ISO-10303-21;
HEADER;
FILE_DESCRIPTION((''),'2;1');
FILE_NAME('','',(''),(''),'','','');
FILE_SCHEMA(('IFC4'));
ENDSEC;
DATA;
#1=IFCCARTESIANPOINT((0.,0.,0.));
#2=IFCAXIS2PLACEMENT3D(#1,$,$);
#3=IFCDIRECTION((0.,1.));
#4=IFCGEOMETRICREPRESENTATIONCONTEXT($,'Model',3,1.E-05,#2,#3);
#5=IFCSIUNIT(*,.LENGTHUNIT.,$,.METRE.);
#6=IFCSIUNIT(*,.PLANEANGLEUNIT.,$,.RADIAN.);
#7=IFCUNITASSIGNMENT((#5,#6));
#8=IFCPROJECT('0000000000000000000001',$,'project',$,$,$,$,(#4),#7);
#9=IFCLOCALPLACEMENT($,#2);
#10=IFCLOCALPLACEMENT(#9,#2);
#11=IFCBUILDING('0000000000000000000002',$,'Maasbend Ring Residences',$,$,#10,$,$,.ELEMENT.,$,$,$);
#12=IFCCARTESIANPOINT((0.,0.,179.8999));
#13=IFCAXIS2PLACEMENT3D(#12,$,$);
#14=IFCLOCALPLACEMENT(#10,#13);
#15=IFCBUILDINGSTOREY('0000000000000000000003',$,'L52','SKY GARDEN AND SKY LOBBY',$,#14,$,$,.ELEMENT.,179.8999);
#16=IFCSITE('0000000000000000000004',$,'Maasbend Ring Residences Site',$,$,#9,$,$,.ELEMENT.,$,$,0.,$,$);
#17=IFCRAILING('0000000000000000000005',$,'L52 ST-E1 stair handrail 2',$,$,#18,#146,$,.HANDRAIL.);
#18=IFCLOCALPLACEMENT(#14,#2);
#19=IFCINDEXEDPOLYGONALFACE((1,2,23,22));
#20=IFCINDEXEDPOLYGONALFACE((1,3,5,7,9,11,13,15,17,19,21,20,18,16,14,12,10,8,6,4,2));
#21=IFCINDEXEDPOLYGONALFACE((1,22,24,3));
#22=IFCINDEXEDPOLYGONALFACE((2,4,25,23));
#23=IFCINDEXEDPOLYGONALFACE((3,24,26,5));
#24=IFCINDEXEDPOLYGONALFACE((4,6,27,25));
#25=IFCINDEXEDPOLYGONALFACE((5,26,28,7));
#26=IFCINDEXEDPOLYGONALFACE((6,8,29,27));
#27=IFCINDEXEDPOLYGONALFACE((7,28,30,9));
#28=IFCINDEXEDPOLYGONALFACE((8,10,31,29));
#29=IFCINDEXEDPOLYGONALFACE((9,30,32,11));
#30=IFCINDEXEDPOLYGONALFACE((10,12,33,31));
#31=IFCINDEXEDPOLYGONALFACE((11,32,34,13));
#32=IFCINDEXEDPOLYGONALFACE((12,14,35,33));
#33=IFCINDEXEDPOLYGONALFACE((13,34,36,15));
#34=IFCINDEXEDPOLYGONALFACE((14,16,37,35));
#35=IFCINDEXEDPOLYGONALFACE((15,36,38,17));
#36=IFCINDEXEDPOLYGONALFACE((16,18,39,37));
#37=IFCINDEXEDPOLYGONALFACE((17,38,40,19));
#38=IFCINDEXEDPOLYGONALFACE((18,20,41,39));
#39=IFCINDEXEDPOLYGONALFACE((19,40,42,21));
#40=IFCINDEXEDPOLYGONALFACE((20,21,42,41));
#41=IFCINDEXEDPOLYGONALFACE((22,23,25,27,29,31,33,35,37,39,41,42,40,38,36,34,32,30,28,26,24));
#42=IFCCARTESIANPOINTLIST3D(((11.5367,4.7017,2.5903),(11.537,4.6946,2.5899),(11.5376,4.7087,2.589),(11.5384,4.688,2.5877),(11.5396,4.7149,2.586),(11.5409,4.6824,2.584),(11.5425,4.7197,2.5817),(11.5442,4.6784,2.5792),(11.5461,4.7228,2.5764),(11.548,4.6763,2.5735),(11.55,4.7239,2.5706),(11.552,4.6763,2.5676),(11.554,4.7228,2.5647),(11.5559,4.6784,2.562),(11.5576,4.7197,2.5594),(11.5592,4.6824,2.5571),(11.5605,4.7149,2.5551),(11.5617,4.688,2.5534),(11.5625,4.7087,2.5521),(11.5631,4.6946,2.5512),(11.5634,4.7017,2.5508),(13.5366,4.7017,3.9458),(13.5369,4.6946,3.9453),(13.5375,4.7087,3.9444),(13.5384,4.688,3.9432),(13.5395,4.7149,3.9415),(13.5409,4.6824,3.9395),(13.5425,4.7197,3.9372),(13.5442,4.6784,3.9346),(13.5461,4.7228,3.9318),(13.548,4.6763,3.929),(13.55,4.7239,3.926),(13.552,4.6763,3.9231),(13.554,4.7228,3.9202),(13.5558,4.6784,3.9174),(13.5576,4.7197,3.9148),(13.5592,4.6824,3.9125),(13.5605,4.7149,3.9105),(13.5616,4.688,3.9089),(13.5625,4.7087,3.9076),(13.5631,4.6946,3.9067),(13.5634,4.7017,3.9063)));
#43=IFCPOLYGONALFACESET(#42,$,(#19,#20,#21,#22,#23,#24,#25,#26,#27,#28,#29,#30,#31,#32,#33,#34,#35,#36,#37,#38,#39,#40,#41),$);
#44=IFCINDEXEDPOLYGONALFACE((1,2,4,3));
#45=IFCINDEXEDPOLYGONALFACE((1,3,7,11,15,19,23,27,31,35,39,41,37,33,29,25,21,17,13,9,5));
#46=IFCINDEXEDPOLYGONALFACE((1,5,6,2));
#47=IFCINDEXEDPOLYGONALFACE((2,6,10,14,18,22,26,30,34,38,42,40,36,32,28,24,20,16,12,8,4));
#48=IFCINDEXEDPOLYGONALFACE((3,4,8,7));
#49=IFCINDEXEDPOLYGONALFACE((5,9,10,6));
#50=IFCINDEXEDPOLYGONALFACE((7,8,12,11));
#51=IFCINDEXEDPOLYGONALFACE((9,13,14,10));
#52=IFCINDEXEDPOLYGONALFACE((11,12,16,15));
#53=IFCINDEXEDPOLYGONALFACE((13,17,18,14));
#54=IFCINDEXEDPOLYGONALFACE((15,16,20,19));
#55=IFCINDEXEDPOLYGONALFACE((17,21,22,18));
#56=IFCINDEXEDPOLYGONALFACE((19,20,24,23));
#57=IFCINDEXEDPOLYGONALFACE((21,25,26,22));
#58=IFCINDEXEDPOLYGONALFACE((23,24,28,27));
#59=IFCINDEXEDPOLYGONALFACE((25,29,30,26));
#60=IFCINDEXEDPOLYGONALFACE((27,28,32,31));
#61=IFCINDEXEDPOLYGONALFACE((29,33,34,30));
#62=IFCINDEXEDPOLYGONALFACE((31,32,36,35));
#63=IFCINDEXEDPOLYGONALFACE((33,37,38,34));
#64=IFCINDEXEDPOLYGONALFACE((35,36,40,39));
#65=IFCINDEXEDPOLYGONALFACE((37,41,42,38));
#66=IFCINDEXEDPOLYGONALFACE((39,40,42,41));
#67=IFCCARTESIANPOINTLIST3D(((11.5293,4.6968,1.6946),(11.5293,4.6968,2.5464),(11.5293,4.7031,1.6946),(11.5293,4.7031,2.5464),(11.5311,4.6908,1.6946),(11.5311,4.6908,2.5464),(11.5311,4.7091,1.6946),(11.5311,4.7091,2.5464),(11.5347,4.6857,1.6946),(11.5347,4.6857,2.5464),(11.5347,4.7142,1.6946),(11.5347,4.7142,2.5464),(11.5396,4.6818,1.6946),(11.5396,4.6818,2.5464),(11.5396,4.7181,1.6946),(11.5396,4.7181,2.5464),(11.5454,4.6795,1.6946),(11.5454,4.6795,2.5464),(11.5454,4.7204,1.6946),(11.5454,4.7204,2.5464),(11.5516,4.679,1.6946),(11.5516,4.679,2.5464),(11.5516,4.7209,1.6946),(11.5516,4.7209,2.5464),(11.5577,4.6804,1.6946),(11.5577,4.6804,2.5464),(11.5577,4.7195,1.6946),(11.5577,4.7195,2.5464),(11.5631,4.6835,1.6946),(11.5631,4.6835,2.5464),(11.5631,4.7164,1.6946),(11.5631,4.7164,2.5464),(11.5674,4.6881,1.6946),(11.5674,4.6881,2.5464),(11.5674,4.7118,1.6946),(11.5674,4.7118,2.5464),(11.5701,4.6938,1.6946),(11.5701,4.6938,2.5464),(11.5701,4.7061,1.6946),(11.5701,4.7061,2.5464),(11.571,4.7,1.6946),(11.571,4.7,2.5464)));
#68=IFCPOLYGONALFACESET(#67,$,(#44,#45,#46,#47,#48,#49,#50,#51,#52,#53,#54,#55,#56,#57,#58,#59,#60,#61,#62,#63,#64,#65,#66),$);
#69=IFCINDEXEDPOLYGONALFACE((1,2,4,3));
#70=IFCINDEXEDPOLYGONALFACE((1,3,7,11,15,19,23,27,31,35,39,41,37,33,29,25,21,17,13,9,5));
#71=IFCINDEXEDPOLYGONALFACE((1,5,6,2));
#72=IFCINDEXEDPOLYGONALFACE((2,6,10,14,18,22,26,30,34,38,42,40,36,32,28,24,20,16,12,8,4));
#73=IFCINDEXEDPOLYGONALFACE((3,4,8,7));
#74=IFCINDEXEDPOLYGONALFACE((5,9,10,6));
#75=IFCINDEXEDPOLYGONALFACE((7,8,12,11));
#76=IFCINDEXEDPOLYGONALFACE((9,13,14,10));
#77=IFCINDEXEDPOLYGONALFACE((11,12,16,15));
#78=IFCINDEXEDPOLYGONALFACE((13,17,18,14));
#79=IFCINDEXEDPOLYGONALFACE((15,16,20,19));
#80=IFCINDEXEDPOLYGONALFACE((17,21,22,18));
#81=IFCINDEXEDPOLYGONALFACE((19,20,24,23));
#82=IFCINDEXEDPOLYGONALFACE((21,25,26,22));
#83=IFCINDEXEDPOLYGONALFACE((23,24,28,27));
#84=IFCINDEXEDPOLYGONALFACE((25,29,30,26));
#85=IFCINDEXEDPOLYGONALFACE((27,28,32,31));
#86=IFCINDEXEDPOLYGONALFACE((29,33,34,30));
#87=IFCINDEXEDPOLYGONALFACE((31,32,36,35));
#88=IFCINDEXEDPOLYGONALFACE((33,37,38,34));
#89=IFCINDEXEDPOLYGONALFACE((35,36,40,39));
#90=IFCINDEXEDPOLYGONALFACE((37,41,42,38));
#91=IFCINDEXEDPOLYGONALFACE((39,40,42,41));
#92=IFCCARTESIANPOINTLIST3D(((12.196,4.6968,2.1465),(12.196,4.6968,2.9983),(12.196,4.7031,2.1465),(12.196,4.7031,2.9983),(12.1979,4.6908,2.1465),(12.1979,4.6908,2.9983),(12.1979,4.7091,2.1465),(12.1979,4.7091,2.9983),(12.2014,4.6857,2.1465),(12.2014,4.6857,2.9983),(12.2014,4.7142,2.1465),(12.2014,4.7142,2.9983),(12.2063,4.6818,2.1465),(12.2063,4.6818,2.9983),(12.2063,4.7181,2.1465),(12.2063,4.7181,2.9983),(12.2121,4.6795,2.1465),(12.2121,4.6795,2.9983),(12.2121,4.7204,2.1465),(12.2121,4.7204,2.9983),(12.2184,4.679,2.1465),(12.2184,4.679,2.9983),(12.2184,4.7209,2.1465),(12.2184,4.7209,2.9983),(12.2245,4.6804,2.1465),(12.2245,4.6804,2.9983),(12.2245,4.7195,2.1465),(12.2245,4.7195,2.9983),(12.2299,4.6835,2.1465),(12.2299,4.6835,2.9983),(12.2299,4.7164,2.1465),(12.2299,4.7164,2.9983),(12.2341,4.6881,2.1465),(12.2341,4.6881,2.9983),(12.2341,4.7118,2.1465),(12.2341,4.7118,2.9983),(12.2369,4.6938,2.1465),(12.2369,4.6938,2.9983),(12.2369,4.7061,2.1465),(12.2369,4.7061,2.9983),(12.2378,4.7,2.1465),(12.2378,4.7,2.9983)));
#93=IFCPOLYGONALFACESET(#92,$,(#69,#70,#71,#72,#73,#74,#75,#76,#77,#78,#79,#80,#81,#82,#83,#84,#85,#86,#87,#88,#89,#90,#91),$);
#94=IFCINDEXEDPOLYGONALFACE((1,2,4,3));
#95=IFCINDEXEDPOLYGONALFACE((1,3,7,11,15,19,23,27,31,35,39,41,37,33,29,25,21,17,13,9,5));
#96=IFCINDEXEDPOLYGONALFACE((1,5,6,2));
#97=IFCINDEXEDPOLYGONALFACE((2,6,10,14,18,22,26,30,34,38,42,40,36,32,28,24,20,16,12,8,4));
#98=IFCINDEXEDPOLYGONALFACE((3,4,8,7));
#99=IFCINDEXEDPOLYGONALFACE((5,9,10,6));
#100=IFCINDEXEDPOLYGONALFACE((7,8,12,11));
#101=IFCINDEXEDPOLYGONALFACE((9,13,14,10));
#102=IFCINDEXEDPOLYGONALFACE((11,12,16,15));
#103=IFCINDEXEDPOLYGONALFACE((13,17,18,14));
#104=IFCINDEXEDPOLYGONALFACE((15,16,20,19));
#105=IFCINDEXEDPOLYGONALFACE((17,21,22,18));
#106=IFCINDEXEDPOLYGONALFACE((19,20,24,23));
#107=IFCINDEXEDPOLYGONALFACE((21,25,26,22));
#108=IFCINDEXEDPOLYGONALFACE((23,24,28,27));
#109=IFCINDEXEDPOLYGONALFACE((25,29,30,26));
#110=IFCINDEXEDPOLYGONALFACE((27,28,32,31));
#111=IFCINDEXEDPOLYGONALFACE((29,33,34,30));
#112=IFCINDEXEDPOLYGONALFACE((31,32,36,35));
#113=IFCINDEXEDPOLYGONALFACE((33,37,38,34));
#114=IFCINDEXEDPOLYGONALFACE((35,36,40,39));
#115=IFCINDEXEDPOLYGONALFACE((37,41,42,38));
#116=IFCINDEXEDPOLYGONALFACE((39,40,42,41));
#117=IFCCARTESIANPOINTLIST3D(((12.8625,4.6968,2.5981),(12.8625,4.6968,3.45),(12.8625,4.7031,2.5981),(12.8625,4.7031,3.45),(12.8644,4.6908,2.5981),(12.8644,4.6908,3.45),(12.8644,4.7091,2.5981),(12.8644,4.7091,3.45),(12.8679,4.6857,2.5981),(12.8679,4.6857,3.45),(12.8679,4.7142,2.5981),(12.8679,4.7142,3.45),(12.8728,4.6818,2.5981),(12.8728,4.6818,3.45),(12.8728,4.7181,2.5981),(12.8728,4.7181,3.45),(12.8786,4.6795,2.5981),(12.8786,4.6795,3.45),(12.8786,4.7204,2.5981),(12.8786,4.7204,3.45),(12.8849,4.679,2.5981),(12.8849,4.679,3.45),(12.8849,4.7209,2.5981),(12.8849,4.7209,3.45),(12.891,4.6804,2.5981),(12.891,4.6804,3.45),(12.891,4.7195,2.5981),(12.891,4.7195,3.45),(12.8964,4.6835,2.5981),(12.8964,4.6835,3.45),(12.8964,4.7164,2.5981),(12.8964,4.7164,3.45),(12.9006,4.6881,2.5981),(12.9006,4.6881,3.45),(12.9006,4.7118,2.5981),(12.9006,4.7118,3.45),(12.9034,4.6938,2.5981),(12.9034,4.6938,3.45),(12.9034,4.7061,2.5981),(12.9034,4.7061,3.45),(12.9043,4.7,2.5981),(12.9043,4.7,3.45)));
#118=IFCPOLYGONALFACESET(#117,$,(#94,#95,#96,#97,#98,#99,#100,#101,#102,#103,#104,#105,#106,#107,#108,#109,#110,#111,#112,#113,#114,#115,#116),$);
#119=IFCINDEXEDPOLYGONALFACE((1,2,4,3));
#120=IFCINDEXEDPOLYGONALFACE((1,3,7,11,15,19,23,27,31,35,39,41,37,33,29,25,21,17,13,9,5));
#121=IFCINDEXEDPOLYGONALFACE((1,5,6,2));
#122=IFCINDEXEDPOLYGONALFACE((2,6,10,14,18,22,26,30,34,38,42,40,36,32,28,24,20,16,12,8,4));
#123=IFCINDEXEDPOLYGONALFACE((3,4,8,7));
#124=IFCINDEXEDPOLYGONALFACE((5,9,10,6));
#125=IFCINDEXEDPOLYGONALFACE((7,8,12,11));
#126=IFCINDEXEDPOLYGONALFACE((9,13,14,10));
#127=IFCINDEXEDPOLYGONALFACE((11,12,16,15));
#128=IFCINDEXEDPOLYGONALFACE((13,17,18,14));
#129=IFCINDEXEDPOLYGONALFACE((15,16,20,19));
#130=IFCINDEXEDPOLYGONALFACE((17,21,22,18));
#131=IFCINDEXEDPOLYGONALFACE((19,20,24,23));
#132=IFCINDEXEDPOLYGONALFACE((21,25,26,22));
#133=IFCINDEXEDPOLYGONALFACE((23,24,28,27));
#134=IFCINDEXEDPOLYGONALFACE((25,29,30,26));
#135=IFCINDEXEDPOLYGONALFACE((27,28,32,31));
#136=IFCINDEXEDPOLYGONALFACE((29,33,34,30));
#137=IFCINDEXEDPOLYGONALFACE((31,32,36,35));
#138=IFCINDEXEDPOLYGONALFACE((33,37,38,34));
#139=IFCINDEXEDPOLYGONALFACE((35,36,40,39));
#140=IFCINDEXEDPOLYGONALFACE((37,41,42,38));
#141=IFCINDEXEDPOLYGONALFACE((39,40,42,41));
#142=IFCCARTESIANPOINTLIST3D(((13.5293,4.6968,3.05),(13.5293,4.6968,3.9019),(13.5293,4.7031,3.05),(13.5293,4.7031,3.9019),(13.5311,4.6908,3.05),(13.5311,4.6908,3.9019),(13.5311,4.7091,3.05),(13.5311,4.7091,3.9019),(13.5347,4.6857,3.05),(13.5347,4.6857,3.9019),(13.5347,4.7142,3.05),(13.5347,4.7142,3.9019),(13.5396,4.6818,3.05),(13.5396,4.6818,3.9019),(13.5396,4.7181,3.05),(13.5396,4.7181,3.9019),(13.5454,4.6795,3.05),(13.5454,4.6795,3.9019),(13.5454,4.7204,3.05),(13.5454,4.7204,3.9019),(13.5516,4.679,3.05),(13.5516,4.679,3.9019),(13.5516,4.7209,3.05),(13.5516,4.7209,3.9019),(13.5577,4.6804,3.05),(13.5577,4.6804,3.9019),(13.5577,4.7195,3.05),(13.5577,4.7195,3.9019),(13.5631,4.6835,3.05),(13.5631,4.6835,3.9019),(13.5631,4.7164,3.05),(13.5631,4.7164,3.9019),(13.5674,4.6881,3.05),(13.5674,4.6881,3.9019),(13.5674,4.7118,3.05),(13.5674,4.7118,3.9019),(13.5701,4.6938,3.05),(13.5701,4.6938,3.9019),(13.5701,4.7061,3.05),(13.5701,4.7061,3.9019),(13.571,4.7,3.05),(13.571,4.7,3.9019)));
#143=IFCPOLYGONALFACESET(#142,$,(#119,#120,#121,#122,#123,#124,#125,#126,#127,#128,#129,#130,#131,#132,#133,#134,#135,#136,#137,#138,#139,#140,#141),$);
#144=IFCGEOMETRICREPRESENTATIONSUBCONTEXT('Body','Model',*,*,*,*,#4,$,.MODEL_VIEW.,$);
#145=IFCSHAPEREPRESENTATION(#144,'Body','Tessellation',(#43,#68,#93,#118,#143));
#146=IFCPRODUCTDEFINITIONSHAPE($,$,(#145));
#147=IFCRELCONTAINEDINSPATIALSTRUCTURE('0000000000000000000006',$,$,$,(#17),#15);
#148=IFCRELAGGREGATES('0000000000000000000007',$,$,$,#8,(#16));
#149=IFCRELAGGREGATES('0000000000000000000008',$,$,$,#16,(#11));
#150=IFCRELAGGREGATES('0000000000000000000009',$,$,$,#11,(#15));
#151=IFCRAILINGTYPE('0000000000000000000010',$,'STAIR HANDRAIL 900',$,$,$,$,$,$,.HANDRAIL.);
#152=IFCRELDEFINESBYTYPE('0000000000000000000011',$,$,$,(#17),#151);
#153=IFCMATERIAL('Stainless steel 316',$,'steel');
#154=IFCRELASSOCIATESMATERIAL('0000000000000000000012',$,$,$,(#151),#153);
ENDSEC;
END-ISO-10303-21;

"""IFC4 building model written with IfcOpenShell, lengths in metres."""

from ifc_helpers import new_model, si_unit, direction, frame, origin, origin_2d, place, context, subcontext, project, spatial, circle, extrude, material, type_object, element, save


model = new_model("IFC4")

# Units and contexts
model_context = context("Model", 3, precision=1e-05, world=origin(), true_north=direction((0.0, 1.0)))
body_context = subcontext(model_context, "Body", "Model", "MODEL_VIEW")
ifc_project = project(units=[si_unit("LENGTHUNIT", "METRE"), si_unit("PLANEANGLEUNIT", "RADIAN")], contexts=[model_context])

# Site, building, storey
site_placement = place(None, origin())
site = spatial("IfcSite", under=ifc_project, at=site_placement, Name="Maasbend Ring Residences Site", CompositionType="ELEMENT", RefElevation=0.0)
building_placement = place(site_placement, origin())
building = spatial("IfcBuilding", under=site, at=building_placement, Name="Maasbend Ring Residences", CompositionType="ELEMENT")
storey_placement = place(building_placement, frame((0.0, 0.0, 179.8999)))
storey = spatial("IfcBuildingStorey", under=building, at=storey_placement, Name="L52", Description="SKY GARDEN AND SKY LOBBY", CompositionType="ELEMENT", Elevation=179.8999)

# Railing
ifc_material_1 = material(Name="Stainless steel 316", Category="steel")
railing_type_1 = type_object("IfcRailingType", Name="STAIR HANDRAIL 900", PredefinedType="HANDRAIL", material=ifc_material_1)
railing_1_placement = place(storey_placement, frame((11.55, 4.7, 1.6946)))
element("IfcRailing", 1, at=railing_1_placement, inside=storey, type_object=railing_type_1, Name="L52 ST-E1 stair handrail 2", PredefinedType="HANDRAIL", context=body_context, shape_type="SweptSolid", body=[
    extrude(circle(Radius=0.0239, at=origin_2d()), frame((0.0, 0.0, 0.876), z_axis=(0.827798, 0.0, 0.561027), x_axis=(0.0, 1.0, 0.0)), (0.0, 0.0, 1.0), 2.416),
    extrude(circle(Radius=0.021, at=origin_2d()), origin(), (0.0, 0.0, 1.0), 0.8518),
    extrude(circle(Radius=0.021, at=origin_2d()), frame((0.6667, 0.0, 0.4519)), (0.0, 0.0, 1.0), 0.8518),
    extrude(circle(Radius=0.021, at=origin_2d()), frame((1.3333, 0.0, 0.9036)), (0.0, 0.0, 1.0), 0.8518),
    extrude(circle(Radius=0.021, at=origin_2d()), frame((2.0, 0.0, 1.3555)), (0.0, 0.0, 1.0), 0.8518),
])

save(model, "model.ifc")
